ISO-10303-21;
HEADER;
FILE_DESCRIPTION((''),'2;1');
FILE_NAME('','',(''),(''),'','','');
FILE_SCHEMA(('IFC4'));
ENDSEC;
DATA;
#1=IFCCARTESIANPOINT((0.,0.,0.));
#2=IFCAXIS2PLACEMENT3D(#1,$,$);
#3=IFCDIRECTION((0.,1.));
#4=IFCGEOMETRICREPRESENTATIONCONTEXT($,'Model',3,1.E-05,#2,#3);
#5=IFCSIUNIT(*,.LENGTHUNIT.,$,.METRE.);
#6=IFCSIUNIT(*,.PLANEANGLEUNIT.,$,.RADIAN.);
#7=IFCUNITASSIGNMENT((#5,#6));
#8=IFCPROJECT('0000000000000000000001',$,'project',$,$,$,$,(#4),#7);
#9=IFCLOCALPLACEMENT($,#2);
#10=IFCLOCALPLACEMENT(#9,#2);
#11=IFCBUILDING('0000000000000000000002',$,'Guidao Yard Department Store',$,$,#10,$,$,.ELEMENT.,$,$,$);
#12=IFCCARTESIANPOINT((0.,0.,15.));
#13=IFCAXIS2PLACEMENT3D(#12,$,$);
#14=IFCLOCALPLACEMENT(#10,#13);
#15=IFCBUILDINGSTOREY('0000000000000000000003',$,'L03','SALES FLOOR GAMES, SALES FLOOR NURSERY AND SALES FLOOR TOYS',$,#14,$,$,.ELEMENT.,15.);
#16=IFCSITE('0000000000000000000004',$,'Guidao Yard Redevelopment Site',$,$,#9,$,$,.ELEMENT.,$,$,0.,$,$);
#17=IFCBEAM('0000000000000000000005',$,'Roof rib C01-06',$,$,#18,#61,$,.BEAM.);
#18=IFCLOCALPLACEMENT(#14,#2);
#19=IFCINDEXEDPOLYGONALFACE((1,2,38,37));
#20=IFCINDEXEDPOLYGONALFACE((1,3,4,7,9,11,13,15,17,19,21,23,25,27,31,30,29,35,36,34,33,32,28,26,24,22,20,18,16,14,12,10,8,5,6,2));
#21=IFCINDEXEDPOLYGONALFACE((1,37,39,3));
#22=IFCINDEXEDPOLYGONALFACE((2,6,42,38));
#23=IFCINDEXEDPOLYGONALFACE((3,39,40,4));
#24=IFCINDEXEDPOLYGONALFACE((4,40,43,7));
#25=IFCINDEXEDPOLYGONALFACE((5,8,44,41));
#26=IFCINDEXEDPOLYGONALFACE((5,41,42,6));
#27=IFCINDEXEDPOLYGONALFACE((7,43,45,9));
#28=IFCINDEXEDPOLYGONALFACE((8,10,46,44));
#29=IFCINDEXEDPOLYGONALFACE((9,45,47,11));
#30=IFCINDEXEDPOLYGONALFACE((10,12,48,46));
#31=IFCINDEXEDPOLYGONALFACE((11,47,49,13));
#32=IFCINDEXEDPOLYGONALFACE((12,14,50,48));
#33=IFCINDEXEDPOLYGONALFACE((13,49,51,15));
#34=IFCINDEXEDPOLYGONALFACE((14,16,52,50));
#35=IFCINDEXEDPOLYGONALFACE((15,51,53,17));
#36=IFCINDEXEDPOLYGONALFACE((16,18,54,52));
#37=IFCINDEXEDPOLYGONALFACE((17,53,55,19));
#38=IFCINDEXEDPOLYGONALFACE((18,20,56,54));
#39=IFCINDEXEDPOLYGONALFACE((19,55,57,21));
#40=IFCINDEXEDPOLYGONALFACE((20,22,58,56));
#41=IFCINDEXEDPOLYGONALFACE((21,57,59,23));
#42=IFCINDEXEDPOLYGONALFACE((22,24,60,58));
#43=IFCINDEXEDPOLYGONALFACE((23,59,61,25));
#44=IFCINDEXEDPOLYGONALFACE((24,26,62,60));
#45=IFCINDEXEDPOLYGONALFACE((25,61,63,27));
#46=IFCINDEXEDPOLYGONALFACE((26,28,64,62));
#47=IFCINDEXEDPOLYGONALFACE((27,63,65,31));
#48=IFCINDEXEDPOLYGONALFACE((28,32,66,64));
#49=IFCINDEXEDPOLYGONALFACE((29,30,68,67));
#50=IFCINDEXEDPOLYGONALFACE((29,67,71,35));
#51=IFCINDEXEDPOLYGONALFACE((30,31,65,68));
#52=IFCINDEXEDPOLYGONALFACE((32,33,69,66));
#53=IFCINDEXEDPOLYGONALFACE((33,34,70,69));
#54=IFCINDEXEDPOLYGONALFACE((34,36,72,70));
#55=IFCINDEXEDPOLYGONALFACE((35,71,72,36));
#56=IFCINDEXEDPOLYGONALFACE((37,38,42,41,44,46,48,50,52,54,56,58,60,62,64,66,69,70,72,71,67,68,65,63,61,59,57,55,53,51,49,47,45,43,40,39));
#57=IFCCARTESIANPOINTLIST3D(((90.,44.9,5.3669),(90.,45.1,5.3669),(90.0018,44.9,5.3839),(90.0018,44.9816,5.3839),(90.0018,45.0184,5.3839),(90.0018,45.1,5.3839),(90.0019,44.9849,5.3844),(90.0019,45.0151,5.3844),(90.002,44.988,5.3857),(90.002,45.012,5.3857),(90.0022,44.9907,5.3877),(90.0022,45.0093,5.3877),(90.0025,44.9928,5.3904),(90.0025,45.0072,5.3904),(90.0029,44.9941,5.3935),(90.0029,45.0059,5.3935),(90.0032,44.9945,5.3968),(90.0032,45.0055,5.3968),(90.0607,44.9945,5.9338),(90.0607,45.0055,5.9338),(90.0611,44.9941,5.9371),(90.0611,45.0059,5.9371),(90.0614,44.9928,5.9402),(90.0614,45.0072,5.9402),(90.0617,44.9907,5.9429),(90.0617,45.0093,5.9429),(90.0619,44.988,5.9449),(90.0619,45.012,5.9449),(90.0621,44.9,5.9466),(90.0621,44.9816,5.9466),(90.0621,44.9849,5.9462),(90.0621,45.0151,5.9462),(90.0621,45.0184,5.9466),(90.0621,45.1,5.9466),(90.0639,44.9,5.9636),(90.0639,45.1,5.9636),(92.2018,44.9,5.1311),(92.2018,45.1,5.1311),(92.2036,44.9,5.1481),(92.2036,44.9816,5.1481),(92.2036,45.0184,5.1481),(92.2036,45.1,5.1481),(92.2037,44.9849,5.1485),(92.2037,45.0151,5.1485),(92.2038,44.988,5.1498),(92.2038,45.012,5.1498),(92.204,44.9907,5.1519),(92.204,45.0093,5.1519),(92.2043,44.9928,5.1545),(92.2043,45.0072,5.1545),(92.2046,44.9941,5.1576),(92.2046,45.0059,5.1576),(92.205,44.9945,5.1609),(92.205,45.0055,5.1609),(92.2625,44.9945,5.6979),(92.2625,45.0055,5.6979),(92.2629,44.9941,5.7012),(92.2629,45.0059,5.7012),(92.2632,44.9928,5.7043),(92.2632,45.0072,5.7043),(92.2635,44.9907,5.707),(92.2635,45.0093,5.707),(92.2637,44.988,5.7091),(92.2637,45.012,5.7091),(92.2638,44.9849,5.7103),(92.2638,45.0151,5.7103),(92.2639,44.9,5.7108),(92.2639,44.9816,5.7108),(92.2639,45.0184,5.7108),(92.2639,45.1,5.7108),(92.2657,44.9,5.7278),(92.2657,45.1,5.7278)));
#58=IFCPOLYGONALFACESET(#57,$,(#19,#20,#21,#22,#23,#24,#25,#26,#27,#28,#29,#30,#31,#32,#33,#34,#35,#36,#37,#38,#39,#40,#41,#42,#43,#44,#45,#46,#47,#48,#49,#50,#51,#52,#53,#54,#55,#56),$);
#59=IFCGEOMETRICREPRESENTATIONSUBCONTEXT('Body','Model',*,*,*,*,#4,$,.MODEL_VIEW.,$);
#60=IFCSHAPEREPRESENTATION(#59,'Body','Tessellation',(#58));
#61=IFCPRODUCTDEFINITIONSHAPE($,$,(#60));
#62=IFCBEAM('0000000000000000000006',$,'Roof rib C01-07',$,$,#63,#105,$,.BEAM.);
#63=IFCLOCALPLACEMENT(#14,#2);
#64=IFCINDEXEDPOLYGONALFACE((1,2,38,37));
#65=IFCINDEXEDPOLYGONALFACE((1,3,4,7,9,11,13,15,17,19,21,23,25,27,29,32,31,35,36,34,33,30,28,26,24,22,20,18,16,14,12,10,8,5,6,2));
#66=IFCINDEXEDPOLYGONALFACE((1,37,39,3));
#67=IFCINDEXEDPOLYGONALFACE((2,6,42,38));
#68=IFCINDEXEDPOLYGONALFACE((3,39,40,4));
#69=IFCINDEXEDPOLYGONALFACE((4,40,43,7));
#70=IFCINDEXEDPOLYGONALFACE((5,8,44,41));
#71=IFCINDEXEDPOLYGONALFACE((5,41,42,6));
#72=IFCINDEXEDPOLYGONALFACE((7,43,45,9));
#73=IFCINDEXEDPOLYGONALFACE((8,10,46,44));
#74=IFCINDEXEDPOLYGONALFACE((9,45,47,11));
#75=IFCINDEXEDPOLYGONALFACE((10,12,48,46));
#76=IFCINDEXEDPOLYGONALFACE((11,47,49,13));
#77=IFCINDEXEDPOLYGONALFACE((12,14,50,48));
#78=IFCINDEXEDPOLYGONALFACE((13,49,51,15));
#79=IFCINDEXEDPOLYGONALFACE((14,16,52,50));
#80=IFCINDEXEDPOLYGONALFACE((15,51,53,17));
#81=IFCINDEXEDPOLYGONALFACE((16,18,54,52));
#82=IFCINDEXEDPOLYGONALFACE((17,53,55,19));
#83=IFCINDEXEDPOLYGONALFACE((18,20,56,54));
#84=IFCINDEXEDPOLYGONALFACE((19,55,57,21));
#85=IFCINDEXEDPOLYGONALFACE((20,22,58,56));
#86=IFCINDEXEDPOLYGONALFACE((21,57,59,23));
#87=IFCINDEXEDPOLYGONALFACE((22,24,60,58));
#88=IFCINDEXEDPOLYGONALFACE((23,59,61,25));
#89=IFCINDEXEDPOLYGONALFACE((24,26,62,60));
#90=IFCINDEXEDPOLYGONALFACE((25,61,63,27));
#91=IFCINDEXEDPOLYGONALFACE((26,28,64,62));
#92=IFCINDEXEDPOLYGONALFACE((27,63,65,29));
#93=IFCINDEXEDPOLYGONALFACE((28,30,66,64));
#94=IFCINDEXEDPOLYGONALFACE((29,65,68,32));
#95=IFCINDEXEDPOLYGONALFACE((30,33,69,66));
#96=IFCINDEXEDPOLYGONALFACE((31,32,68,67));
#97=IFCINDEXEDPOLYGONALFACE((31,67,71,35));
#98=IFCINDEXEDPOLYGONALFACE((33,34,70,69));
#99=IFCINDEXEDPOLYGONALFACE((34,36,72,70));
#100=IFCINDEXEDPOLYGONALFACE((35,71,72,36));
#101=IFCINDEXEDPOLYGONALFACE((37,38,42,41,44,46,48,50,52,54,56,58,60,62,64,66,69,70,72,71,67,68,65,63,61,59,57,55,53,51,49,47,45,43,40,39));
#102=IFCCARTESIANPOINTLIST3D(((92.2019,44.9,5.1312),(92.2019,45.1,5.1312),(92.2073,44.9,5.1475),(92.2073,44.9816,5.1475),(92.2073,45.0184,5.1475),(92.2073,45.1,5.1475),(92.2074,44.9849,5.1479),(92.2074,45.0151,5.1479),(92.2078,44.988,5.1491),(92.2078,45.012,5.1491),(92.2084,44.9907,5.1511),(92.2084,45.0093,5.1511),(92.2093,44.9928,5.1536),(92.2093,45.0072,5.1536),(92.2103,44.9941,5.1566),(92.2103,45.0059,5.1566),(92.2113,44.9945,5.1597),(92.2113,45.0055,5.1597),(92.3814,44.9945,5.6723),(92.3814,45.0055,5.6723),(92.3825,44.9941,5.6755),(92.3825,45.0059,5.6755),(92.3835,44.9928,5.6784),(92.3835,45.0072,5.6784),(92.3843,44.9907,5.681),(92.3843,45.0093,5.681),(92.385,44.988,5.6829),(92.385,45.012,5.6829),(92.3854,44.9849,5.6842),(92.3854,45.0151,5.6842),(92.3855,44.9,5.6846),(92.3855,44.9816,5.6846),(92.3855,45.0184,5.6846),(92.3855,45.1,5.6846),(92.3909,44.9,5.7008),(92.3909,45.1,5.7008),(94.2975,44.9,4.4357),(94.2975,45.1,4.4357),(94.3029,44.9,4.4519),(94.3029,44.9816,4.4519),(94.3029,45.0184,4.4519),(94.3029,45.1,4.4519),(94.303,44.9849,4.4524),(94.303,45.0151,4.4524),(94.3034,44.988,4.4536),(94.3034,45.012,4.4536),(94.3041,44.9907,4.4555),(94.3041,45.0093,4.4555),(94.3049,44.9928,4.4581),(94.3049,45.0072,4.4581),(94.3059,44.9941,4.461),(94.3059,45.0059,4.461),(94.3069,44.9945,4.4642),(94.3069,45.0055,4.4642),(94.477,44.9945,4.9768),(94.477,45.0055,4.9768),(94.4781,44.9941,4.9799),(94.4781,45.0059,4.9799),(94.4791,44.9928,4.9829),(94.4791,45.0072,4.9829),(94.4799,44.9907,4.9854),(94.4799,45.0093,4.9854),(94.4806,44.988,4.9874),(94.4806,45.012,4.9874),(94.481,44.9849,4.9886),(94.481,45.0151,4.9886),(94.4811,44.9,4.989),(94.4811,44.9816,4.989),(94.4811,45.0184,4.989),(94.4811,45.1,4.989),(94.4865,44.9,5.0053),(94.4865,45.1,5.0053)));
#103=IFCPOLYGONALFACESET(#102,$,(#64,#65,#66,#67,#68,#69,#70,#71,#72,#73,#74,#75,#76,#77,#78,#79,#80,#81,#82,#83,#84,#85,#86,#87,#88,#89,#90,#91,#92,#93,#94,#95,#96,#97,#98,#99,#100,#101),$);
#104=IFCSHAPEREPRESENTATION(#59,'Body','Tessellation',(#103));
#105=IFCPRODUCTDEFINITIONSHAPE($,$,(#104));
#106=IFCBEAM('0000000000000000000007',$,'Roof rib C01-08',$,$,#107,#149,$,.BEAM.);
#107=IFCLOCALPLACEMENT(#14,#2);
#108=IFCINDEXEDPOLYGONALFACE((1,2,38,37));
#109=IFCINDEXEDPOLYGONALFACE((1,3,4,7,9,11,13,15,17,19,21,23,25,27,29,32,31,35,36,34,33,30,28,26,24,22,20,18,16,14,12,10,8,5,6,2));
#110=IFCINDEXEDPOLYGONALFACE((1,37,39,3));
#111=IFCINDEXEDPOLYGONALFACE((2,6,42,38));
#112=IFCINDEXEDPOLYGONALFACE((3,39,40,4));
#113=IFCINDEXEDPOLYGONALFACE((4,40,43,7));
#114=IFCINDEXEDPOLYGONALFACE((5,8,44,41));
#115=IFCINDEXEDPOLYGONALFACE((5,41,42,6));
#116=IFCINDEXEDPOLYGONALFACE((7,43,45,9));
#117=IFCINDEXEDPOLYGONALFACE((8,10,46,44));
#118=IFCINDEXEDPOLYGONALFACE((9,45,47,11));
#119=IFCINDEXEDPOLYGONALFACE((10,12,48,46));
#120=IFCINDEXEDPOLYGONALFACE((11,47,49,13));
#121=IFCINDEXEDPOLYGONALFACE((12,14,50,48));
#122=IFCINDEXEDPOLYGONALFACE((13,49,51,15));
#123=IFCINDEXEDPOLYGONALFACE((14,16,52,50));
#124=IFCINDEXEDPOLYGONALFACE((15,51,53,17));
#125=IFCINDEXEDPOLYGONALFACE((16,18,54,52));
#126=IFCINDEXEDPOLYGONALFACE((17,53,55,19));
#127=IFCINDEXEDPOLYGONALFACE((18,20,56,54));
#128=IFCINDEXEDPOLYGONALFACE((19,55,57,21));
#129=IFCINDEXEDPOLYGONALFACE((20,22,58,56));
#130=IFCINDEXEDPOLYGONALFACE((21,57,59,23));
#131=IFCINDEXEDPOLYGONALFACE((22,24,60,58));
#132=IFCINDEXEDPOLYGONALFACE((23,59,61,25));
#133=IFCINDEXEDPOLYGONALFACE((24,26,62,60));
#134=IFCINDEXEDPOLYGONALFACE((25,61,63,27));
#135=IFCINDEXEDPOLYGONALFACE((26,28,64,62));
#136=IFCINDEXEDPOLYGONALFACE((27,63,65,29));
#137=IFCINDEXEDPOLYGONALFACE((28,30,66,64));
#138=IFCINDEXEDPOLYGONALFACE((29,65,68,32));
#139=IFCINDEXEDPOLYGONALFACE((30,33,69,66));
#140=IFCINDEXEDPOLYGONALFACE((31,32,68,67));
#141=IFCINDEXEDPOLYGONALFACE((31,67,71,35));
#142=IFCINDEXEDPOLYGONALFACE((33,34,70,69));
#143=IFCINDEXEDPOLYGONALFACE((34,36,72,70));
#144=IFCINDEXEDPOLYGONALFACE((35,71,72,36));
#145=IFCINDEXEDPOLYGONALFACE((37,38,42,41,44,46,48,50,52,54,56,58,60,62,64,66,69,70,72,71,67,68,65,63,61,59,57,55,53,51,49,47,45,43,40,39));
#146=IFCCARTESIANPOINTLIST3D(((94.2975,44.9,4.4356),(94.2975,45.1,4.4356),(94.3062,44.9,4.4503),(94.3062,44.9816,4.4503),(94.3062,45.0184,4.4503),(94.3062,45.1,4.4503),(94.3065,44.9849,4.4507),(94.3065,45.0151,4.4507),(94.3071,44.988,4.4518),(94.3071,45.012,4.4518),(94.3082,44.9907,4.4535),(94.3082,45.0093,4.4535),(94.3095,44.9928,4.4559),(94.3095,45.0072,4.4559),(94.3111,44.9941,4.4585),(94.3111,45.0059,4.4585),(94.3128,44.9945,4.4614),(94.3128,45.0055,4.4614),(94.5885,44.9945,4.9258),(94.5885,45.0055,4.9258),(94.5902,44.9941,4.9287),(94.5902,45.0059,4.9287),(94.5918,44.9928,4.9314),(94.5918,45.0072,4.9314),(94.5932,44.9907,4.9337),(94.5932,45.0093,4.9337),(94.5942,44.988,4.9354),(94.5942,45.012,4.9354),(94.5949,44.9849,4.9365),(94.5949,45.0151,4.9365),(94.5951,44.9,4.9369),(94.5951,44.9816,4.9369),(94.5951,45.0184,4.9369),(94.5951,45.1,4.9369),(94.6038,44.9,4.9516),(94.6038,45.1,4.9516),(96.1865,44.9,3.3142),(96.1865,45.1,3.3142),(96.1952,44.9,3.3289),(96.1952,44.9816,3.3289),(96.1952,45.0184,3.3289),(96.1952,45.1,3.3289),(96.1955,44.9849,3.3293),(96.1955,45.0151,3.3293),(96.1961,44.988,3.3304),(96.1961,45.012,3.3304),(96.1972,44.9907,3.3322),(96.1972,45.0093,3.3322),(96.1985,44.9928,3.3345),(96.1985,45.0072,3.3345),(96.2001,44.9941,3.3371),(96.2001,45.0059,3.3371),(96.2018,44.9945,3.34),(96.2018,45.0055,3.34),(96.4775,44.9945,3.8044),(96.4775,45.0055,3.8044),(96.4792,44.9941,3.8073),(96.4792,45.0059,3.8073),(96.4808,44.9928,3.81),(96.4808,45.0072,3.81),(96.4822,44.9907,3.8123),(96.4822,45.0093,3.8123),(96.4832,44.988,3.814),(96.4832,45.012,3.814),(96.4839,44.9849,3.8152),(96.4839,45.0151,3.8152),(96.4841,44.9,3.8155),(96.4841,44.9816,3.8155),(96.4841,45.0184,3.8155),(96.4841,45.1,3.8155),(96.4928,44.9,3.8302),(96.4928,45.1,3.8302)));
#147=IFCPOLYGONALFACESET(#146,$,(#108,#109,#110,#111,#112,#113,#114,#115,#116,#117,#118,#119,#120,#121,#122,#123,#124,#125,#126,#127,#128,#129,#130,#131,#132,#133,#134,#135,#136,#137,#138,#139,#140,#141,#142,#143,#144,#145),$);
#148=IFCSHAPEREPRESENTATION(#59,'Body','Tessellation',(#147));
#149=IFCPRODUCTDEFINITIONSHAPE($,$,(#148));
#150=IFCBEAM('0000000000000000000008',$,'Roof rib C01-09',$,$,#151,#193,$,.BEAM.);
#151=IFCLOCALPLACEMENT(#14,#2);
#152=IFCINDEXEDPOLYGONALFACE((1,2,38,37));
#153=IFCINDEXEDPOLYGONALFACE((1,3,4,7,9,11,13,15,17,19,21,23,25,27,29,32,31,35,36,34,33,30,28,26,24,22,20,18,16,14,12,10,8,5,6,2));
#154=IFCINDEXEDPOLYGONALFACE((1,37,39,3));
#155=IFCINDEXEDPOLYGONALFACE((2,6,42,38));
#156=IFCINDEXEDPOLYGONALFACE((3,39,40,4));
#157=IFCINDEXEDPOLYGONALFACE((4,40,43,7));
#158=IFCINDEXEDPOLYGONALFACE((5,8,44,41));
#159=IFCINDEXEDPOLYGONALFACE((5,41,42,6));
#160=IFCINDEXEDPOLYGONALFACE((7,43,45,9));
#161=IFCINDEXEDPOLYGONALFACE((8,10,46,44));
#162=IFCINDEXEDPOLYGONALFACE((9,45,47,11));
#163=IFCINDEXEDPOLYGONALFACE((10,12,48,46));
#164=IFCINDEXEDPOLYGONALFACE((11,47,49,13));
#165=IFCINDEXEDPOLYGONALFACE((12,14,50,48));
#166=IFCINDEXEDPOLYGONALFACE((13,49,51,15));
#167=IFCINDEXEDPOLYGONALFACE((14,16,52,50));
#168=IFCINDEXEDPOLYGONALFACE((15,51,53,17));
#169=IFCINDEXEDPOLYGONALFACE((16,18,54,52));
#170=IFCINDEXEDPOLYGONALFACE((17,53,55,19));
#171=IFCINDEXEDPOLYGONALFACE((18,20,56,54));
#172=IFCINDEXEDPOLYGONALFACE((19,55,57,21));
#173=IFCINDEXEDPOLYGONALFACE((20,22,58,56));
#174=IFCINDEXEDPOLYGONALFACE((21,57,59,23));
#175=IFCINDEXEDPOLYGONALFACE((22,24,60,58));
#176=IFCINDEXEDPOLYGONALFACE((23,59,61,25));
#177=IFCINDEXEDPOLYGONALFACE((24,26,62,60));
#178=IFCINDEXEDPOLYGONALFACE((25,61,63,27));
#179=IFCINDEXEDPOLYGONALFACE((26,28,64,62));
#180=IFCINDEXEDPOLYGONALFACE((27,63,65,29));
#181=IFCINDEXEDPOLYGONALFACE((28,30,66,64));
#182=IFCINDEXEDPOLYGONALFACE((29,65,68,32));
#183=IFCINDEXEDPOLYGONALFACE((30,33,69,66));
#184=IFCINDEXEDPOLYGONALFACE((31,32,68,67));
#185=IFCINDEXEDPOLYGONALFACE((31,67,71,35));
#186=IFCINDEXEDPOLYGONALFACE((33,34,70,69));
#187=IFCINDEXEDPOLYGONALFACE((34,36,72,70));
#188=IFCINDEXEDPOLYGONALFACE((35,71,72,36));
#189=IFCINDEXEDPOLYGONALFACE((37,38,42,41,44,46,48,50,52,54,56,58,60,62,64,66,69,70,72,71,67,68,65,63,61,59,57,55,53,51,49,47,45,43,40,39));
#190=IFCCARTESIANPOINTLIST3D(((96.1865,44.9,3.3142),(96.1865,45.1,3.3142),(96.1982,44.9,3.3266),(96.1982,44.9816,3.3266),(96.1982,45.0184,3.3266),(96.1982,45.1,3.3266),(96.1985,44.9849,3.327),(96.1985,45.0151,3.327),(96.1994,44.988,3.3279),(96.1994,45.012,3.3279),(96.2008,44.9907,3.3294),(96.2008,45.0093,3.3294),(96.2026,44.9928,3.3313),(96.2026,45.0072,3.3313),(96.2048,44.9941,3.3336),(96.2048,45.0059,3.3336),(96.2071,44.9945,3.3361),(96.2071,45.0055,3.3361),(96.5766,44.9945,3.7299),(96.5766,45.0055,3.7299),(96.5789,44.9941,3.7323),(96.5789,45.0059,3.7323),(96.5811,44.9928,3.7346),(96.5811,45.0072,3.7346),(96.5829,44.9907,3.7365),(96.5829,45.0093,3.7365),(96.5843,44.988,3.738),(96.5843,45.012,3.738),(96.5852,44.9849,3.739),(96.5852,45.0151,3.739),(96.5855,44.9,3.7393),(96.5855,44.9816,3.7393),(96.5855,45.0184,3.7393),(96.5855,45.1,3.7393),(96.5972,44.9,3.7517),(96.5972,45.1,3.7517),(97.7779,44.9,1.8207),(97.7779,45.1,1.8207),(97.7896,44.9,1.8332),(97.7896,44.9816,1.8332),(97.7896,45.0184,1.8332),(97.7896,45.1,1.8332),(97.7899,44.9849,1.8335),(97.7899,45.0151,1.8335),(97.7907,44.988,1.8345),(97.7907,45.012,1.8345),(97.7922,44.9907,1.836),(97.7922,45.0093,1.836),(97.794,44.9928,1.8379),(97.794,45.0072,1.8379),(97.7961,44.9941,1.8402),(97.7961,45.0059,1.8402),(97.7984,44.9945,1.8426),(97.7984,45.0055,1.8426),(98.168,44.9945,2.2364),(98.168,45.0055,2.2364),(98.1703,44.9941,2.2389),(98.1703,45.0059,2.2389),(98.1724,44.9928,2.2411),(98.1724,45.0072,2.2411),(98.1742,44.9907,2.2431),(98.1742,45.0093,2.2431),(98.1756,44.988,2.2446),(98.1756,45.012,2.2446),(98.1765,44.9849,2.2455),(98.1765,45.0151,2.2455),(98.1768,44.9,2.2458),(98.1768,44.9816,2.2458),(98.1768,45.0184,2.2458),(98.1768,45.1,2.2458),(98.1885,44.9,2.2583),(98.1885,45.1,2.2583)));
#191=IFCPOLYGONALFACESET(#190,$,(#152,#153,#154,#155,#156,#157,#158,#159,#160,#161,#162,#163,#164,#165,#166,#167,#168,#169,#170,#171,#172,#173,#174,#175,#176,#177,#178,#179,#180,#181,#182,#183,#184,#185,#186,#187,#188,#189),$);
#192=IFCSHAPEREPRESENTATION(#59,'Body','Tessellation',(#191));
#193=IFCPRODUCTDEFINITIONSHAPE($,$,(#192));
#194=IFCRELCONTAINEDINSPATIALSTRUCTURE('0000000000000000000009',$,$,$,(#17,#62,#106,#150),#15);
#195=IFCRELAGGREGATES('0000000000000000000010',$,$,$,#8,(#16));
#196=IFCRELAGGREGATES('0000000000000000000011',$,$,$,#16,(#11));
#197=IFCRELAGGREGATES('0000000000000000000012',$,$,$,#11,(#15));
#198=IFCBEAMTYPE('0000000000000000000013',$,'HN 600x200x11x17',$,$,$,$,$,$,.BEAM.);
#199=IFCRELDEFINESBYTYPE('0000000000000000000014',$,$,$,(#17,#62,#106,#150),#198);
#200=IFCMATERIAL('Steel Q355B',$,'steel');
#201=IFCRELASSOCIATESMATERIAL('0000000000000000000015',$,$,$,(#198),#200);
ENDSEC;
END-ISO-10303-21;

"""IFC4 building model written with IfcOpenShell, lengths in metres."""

from ifc_helpers import new_model, si_unit, direction, frame, origin, origin_2d, place, context, subcontext, project, spatial, i_section, extrude, material, material_profile, profile_set, type_object, element, save


model = new_model("IFC4")

# Units and contexts
model_context = context("Model", 3, precision=1e-05, world=origin(), true_north=direction((0.0, 1.0)))
body_context = subcontext(model_context, "Body", "Model", "MODEL_VIEW")
ifc_project = project(units=[si_unit("LENGTHUNIT", "METRE"), si_unit("PLANEANGLEUNIT", "RADIAN")], contexts=[model_context])

# Site, building, storey
site_placement = place(None, origin())
site = spatial("IfcSite", under=ifc_project, at=site_placement, Name="Guidao Yard Redevelopment Site", CompositionType="ELEMENT", RefElevation=0.0)
building_placement = place(site_placement, origin())
building = spatial("IfcBuilding", under=site, at=building_placement, Name="Guidao Yard Department Store", CompositionType="ELEMENT")
storey_placement = place(building_placement, frame((0.0, 0.0, 15.0)))
storey = spatial("IfcBuildingStorey", under=building, at=storey_placement, Name="L03", Description="SALES FLOOR GAMES, SALES FLOOR NURSERY AND SALES FLOOR TOYS", CompositionType="ELEMENT", Elevation=15.0)

# Beams
ifc_material_1 = material(Name="Steel Q355B", Category="steel")
ifc_material_profile_1 = material_profile(ifc_material_1, i_section(OverallWidth=0.2, OverallDepth=0.6001, WebThickness=0.011, FlangeThickness=0.0171, FilletRadius=0.0129, at=origin_2d()), Name="HN 600x200x11x17")
ifc_profile_set_1 = profile_set([ifc_material_profile_1], Name="Steel Q355B")
beam_type = type_object("IfcBeamType", Name="HN 600x200x11x17", PredefinedType="BEAM", material=ifc_profile_set_1)
beam_1_placement = place(storey_placement, frame((90.032, 45.0, 5.6653), z_axis=(0.994312, 0.0, -0.10651), x_axis=(0.0, 1.0, 0.0)))
element("IfcBeam", 1, at=beam_1_placement, inside=storey, type_object=beam_type, Name="Roof rib C01-06", PredefinedType="BEAM", context=body_context, shape_type="SweptSolid", body=[
    extrude(i_section(OverallWidth=0.2, OverallDepth=0.6001, WebThickness=0.011, FlangeThickness=0.0171, FilletRadius=0.0129, at=origin_2d()), origin(), (0.0, 0.0, 1.0), 2.2144),
])
beam_2_placement = place(storey_placement, frame((92.2964, 45.0, 5.416), z_axis=(0.949092, 0.0, -0.315), x_axis=(0.0, 1.0, 0.0)))
element("IfcBeam", 2, at=beam_2_placement, inside=storey, type_object=beam_type, Name="Roof rib C01-07", PredefinedType="BEAM", context=body_context, shape_type="SweptSolid", body=[
    extrude(i_section(OverallWidth=0.2, OverallDepth=0.6001, WebThickness=0.011, FlangeThickness=0.0171, FilletRadius=0.0129, at=origin_2d()), origin(), (0.0, 0.0, 1.0), 2.208),
])
beam_3_placement = place(storey_placement, frame((94.4507, 45.0, 4.6936), z_axis=(0.859896, 0.0, -0.510469), x_axis=(0.0, 1.0, 0.0)))
element("IfcBeam", 3, at=beam_3_placement, inside=storey, type_object=beam_type, Name="Roof rib C01-08", PredefinedType="BEAM", context=body_context, shape_type="SweptSolid", body=[
    extrude(i_section(OverallWidth=0.2, OverallDepth=0.6001, WebThickness=0.011, FlangeThickness=0.0171, FilletRadius=0.0129, at=origin_2d()), origin(), (0.0, 0.0, 1.0), 2.1968),
])
beam_4_placement = place(storey_placement, frame((96.3918, 45.0, 3.533), z_axis=(0.729181, 0.0, -0.684321), x_axis=(0.0, 1.0, 0.0)))
element("IfcBeam", 4, at=beam_4_placement, inside=storey, type_object=beam_type, Name="Roof rib C01-09", PredefinedType="BEAM", context=body_context, shape_type="SweptSolid", body=[
    extrude(i_section(OverallWidth=0.2, OverallDepth=0.6001, WebThickness=0.011, FlangeThickness=0.0171, FilletRadius=0.0129, at=origin_2d()), origin(), (0.0, 0.0, 1.0), 2.1824),
])

save(model, "model.ifc")
